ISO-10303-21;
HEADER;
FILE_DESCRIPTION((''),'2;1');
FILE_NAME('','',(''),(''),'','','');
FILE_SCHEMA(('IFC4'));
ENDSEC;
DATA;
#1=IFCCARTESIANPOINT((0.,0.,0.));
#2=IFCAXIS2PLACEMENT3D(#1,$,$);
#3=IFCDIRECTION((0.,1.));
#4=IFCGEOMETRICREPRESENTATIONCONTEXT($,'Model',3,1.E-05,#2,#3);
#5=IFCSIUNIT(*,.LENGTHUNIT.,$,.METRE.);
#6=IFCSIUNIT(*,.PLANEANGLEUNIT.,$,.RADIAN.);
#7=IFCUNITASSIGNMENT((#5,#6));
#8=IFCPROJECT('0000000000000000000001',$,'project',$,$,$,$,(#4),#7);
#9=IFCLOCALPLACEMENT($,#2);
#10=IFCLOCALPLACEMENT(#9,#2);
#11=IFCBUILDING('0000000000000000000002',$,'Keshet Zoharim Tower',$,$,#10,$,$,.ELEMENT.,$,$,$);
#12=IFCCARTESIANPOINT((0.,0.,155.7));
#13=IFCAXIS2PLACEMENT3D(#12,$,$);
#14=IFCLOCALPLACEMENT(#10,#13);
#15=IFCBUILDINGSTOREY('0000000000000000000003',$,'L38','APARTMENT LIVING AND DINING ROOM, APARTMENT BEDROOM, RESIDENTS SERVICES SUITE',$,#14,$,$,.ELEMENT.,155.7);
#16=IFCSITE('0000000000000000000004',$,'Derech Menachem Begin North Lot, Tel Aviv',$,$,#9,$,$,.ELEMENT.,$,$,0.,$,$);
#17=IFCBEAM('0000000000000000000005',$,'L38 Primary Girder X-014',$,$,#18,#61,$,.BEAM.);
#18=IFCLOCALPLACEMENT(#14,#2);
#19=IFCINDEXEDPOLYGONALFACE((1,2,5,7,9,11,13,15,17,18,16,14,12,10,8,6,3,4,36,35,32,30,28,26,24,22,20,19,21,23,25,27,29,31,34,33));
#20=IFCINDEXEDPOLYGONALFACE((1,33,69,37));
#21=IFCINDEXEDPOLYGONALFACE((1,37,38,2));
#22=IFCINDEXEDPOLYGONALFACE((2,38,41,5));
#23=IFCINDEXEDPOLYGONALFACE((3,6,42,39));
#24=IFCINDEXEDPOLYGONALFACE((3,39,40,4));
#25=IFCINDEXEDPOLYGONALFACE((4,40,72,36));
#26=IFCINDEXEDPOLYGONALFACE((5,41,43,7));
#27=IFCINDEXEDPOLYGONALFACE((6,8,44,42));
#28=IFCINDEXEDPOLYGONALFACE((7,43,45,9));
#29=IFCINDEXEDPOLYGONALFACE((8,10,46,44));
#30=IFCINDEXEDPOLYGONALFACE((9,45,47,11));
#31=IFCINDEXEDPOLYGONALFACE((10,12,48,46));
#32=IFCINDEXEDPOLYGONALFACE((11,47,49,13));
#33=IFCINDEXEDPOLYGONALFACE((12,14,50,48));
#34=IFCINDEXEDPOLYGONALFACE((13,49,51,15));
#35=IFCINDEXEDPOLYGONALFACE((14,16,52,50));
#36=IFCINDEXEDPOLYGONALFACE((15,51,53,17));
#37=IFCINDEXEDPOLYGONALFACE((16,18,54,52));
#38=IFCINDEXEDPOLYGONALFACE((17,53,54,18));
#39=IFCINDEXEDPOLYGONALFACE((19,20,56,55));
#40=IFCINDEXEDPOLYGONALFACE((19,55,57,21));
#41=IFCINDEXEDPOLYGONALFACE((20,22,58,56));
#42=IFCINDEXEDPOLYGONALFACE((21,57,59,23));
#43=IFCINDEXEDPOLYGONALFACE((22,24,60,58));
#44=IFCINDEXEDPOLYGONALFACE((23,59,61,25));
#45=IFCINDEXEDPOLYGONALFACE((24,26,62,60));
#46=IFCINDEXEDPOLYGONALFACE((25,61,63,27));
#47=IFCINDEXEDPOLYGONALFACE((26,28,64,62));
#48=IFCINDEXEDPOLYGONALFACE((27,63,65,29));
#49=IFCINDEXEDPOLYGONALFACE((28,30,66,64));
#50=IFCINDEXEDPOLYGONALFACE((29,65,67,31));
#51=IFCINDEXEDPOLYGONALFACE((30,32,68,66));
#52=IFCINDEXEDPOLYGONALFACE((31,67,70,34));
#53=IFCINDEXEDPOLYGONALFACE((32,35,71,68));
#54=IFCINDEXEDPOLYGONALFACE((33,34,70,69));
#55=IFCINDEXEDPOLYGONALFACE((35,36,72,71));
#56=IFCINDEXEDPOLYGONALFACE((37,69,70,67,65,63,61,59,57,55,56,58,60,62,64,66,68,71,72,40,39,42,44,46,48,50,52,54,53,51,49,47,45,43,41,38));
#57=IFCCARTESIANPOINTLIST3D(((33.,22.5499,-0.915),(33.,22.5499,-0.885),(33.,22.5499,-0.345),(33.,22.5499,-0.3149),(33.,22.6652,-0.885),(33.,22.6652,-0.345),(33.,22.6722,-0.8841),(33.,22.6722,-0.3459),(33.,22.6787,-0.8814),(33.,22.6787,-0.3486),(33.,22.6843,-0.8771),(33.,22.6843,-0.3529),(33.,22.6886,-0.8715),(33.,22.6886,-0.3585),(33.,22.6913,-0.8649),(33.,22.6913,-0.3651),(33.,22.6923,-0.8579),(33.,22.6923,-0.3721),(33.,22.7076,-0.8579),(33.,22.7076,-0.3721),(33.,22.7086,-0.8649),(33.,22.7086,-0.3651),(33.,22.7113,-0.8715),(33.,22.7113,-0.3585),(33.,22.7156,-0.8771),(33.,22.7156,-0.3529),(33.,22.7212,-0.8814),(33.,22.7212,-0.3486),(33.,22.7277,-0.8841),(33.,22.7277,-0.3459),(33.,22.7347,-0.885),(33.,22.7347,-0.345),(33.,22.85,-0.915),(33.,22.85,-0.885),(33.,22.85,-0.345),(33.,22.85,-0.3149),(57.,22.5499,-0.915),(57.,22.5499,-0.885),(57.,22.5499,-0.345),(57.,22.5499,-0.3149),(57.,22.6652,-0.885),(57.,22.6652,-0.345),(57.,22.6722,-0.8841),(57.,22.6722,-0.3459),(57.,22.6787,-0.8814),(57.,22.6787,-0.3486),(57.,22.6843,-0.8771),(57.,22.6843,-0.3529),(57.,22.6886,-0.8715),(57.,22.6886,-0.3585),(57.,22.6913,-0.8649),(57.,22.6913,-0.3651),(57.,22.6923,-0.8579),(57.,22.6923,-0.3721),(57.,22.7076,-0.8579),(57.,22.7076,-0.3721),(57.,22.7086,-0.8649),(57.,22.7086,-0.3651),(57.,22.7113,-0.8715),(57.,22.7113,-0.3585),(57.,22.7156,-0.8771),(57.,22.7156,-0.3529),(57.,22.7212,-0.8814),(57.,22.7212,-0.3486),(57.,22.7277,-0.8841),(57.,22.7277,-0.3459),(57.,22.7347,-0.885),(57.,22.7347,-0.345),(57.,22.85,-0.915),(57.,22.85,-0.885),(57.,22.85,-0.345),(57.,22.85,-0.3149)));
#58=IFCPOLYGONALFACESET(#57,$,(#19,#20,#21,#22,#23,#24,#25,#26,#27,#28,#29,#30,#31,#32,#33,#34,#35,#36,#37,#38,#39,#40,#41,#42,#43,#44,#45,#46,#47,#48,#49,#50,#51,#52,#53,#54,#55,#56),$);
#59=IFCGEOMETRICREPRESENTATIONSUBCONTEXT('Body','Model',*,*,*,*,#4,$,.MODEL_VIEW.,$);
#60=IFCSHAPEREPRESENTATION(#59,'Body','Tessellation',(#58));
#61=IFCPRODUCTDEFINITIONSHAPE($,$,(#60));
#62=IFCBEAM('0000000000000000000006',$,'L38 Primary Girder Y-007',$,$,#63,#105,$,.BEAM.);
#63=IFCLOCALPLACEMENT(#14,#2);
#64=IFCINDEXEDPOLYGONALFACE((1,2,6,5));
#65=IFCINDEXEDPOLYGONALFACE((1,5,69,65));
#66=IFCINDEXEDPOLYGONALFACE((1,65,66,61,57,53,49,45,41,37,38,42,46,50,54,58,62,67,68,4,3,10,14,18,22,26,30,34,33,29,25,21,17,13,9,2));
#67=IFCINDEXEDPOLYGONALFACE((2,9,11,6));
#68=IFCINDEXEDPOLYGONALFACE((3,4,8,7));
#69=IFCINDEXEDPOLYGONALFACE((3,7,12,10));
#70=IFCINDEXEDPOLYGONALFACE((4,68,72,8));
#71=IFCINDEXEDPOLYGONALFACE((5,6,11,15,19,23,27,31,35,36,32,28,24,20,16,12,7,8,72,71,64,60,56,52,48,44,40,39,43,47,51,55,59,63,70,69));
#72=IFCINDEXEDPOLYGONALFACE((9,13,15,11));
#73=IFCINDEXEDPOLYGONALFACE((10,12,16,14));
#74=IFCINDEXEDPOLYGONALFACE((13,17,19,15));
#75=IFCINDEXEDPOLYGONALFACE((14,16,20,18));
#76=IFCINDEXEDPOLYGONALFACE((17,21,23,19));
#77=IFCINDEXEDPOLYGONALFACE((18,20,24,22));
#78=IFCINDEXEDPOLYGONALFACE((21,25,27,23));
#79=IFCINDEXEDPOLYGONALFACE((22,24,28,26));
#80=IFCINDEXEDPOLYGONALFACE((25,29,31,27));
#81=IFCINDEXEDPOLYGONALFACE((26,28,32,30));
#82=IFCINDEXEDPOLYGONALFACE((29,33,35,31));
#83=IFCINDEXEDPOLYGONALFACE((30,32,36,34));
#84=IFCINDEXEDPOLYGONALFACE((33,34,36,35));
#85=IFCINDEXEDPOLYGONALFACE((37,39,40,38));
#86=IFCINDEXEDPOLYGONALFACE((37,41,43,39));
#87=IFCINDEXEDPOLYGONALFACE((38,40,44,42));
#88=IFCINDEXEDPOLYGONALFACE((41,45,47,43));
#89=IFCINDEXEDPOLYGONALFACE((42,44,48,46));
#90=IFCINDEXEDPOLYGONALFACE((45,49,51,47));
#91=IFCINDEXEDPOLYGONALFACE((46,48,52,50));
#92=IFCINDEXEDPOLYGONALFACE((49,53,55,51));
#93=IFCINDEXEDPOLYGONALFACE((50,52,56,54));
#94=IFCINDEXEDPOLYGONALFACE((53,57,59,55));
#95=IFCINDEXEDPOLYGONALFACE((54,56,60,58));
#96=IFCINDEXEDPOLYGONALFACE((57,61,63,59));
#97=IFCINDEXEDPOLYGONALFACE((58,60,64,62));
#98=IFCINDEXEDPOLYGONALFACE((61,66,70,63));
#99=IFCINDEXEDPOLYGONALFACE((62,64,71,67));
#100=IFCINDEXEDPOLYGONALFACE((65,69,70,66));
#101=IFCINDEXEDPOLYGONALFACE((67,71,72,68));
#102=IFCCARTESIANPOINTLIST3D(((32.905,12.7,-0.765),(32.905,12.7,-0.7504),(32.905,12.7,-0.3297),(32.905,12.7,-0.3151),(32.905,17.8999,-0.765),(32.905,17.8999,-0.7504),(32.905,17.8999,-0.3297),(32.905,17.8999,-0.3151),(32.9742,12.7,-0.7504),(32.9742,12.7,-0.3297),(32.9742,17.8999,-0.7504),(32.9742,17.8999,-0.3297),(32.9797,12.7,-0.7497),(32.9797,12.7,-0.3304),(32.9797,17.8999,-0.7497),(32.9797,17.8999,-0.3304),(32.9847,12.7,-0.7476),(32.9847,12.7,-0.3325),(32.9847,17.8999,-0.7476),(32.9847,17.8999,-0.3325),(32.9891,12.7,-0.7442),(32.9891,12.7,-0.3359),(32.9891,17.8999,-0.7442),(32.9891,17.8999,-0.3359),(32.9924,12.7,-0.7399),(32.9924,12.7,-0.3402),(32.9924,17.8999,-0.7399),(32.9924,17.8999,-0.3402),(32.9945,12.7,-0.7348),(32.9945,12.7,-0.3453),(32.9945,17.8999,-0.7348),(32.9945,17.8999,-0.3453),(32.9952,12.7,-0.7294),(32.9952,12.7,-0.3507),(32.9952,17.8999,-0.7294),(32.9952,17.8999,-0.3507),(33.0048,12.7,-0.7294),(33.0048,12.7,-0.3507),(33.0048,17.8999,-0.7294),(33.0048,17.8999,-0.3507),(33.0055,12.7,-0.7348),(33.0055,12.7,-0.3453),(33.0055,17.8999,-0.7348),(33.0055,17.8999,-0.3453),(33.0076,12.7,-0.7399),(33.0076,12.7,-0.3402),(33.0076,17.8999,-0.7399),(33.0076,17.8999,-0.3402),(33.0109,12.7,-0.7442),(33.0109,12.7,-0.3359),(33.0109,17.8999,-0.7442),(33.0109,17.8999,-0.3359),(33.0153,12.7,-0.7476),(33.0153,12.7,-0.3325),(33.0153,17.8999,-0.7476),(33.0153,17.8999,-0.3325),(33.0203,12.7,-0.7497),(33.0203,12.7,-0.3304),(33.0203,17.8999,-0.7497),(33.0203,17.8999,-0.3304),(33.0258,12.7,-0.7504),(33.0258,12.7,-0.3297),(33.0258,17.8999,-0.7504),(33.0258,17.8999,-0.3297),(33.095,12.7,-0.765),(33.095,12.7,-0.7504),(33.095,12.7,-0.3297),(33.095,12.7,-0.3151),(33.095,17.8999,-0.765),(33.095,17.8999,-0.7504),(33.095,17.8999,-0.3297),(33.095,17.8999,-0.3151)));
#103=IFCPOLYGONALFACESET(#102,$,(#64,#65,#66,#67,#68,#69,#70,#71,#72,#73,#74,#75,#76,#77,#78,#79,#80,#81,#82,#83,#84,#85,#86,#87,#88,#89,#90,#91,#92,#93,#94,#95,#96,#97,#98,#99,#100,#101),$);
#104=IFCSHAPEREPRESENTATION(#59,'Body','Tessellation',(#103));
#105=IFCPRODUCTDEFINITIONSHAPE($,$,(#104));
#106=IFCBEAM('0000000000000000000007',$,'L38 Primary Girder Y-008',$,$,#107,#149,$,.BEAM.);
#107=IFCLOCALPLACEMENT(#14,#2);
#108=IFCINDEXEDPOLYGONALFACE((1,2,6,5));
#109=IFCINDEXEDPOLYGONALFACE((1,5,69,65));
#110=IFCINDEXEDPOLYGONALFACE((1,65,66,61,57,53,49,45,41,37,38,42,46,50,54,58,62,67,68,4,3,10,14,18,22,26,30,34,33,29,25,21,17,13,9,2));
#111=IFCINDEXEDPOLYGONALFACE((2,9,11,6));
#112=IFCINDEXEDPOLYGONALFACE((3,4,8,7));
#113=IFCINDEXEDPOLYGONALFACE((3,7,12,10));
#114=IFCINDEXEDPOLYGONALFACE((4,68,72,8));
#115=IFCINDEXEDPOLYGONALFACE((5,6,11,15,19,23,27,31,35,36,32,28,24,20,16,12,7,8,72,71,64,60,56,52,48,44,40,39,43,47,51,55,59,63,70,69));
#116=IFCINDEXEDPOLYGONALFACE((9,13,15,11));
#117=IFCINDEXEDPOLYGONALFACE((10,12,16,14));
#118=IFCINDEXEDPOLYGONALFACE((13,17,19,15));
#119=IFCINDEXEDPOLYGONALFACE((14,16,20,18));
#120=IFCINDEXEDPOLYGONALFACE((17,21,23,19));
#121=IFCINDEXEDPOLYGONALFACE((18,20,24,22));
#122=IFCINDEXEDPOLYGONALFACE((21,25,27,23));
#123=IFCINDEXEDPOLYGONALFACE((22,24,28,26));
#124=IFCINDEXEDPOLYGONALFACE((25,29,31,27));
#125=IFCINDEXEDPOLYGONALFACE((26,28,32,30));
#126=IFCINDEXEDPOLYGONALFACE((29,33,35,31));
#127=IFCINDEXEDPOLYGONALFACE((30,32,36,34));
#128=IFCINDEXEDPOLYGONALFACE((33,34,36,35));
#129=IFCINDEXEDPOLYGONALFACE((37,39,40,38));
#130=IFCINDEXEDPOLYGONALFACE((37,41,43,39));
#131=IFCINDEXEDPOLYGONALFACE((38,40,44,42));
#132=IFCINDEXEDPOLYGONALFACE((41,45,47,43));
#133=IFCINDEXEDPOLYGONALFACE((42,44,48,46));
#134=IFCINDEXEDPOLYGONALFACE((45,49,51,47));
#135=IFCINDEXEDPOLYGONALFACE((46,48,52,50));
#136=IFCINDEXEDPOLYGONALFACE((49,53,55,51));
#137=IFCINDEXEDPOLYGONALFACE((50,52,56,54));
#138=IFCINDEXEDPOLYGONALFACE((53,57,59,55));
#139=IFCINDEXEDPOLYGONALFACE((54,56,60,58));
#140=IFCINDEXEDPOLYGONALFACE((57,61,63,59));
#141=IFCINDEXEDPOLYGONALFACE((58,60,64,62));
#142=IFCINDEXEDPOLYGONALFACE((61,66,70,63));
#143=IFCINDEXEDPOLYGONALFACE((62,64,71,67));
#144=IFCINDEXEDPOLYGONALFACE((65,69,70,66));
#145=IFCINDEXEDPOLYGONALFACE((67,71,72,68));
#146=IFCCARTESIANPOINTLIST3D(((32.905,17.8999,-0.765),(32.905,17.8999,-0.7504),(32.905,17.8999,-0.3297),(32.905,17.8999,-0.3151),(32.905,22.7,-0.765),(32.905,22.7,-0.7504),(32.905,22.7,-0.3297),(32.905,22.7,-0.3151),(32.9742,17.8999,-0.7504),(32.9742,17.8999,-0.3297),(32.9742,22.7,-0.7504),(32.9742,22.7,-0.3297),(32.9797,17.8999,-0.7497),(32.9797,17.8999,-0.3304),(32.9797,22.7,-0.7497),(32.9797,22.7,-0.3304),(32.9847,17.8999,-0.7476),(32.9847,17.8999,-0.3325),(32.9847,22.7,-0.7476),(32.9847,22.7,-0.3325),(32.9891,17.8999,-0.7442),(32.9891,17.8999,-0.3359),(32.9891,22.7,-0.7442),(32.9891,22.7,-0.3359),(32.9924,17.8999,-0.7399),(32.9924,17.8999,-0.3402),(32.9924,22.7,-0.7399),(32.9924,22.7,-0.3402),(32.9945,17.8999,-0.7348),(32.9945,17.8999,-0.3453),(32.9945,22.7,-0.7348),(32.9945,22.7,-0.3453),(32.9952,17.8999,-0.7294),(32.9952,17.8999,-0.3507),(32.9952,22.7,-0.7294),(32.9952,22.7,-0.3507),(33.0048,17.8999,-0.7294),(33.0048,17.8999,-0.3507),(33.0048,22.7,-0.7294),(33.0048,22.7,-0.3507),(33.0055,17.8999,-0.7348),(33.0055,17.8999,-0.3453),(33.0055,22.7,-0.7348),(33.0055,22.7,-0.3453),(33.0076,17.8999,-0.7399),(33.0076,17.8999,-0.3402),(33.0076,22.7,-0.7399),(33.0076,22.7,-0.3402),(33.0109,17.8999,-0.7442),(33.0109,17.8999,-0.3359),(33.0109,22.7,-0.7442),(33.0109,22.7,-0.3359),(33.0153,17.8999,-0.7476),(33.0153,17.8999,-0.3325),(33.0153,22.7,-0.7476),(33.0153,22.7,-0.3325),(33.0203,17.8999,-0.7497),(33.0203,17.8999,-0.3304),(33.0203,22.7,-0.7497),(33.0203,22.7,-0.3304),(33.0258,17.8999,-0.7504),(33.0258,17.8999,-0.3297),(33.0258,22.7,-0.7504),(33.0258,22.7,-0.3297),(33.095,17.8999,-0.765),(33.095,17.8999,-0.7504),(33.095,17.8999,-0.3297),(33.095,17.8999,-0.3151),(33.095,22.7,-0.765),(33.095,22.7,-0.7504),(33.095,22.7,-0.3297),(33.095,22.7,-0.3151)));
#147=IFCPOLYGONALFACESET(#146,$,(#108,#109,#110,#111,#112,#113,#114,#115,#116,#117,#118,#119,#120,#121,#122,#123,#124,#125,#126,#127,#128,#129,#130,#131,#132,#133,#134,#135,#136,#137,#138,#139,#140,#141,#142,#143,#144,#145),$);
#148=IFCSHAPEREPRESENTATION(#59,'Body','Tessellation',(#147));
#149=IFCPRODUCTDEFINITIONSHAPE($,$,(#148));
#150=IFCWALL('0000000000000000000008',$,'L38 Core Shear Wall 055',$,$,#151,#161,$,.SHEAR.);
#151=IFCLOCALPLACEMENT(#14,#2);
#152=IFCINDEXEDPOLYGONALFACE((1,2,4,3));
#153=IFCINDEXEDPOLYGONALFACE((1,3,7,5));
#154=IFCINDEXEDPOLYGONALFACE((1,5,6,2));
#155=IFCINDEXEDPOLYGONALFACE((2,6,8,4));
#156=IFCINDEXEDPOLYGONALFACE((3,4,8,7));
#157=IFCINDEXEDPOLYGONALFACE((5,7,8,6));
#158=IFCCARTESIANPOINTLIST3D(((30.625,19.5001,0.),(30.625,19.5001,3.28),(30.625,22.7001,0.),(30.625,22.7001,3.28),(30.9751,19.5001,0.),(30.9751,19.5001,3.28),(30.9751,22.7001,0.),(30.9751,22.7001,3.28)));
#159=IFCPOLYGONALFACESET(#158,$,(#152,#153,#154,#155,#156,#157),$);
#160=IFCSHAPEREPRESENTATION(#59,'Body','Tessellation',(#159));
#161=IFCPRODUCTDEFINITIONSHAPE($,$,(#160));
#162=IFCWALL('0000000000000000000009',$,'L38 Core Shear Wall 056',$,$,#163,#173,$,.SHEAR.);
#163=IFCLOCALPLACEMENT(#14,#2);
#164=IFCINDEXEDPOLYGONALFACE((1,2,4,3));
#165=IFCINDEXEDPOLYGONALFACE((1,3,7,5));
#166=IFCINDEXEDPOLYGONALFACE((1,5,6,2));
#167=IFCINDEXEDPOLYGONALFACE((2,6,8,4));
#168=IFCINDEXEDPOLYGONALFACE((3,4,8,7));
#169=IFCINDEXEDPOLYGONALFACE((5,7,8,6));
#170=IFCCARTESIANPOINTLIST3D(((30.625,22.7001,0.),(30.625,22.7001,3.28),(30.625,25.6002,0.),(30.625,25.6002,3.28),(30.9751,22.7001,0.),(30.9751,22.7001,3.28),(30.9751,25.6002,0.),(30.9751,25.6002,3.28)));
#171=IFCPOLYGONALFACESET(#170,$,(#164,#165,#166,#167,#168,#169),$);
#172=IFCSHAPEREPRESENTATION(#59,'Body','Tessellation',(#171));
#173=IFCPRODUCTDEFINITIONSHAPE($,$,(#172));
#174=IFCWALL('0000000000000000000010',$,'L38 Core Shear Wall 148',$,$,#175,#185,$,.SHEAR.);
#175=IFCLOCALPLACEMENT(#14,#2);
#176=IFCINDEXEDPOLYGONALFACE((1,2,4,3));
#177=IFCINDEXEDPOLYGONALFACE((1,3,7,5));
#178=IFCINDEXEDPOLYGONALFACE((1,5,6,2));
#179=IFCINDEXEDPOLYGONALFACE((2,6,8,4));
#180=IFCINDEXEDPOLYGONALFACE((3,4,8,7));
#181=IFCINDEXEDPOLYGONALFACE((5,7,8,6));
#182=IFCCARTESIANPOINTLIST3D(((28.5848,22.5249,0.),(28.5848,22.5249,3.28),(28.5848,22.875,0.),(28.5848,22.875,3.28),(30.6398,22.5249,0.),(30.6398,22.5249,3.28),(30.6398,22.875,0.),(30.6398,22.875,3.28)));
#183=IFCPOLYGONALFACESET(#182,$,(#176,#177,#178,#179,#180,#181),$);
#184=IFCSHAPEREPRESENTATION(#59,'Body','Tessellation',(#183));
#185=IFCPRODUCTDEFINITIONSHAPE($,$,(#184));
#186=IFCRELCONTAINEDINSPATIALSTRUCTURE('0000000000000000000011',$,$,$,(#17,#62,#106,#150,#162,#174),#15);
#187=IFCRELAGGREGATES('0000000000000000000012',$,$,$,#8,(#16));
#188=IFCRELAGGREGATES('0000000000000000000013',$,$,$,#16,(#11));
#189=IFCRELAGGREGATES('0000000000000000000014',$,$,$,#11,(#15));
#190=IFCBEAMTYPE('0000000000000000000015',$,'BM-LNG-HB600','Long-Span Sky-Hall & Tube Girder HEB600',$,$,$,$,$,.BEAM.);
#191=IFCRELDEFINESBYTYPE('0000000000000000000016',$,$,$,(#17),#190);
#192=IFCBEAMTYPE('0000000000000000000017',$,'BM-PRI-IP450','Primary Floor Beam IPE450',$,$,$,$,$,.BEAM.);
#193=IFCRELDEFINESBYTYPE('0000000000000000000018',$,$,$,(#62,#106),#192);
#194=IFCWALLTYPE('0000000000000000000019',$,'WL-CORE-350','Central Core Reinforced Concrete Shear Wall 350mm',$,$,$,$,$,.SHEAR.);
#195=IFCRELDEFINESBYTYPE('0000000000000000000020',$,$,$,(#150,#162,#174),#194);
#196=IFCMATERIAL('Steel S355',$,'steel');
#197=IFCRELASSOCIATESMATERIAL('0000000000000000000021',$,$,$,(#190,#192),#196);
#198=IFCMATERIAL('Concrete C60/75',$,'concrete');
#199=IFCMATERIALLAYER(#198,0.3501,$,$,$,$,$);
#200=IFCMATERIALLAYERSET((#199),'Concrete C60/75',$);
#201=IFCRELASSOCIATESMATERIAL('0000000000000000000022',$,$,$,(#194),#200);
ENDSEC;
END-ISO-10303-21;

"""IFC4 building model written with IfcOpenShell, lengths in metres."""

from ifc_helpers import new_model, si_unit, direction, frame, frame_2d, origin, origin_2d, place, context, subcontext, project, spatial, rectangle, i_section, extrude, material, layer, layer_set, material_profile, profile_set, type_object, element, save


model = new_model("IFC4")

# Units and contexts
model_context = context("Model", 3, precision=1e-05, world=origin(), true_north=direction((0.0, 1.0)))
body_context = subcontext(model_context, "Body", "Model", "MODEL_VIEW")
ifc_project = project(units=[si_unit("LENGTHUNIT", "METRE"), si_unit("PLANEANGLEUNIT", "RADIAN")], contexts=[model_context])

# Site, building, storey
site_placement = place(None, origin())
site = spatial("IfcSite", under=ifc_project, at=site_placement, Name="Derech Menachem Begin North Lot, Tel Aviv", CompositionType="ELEMENT", RefElevation=0.0)
building_placement = place(site_placement, origin())
building = spatial("IfcBuilding", under=site, at=building_placement, Name="Keshet Zoharim Tower", CompositionType="ELEMENT")
storey_placement = place(building_placement, frame((0.0, 0.0, 155.7)))
storey = spatial("IfcBuildingStorey", under=building, at=storey_placement, Name="L38", Description="APARTMENT LIVING AND DINING ROOM, APARTMENT BEDROOM, RESIDENTS SERVICES SUITE", CompositionType="ELEMENT", Elevation=155.7)

# Shared definitions
ifc_material_1 = material(Name="Concrete C60/75", Category="concrete")

# Beams
ifc_material_2 = material(Name="Steel S355", Category="steel")
ifc_material_profile_1 = material_profile(ifc_material_2, i_section(OverallWidth=0.3, OverallDepth=0.6001, WebThickness=0.0154, FlangeThickness=0.03, FilletRadius=0.0271, at=origin_2d()), Name="HEB600")
ifc_profile_set_1 = profile_set([ifc_material_profile_1], Name="Steel S355")
beam_type_1 = type_object("IfcBeamType", Name="BM-LNG-HB600", Description="Long-Span Sky-Hall & Tube Girder HEB600", PredefinedType="BEAM", material=ifc_profile_set_1)
for number, where, z_axis, x_axis, name in (
    (1, (33.0, 22.7, -0.615), (1.0, 0.0, 0.0), (0.0, 1.0, 0.0), "L38 Primary Girder X-014"),
):
    element("IfcBeam", number, at=place(storey_placement, frame(where, z_axis=z_axis, x_axis=x_axis)), inside=storey, type_object=beam_type_1, Name=name, PredefinedType="BEAM", context=body_context, shape_type="SweptSolid", body=[
        extrude(i_section(OverallWidth=0.3, OverallDepth=0.6001, WebThickness=0.0154, FlangeThickness=0.03, FilletRadius=0.0271, at=origin_2d()), origin(), (0.0, 0.0, 1.0), 24.0),
    ])
ifc_material_profile_2 = material_profile(ifc_material_2, i_section(OverallWidth=0.1899, OverallDepth=0.45, WebThickness=0.0095, FlangeThickness=0.0146, FilletRadius=0.021, at=origin_2d()), Name="IPE450")
ifc_profile_set_2 = profile_set([ifc_material_profile_2], Name="Steel S355")
beam_type_2 = type_object("IfcBeamType", Name="BM-PRI-IP450", Description="Primary Floor Beam IPE450", PredefinedType="BEAM", material=ifc_profile_set_2)
beam_1_placement = place(storey_placement, frame((33.0, 12.7, -0.54), z_axis=(0.0, 1.0, 0.0), x_axis=(-1.0, 0.0, 0.0)))
element("IfcBeam", 2, at=beam_1_placement, inside=storey, type_object=beam_type_2, Name="L38 Primary Girder Y-007", PredefinedType="BEAM", context=body_context, shape_type="SweptSolid", body=[
    extrude(i_section(OverallWidth=0.1899, OverallDepth=0.45, WebThickness=0.0095, FlangeThickness=0.0146, FilletRadius=0.021, at=origin_2d()), origin(), (0.0, 0.0, 1.0), 5.2),
])
beam_2_placement = place(storey_placement, frame((33.0, 17.8999, -0.54), z_axis=(0.0, 1.0, 0.0), x_axis=(-1.0, 0.0, 0.0)))
element("IfcBeam", 3, at=beam_2_placement, inside=storey, type_object=beam_type_2, Name="L38 Primary Girder Y-008", PredefinedType="BEAM", context=body_context, shape_type="SweptSolid", body=[
    extrude(i_section(OverallWidth=0.1899, OverallDepth=0.45, WebThickness=0.0095, FlangeThickness=0.0146, FilletRadius=0.021, at=origin_2d()), origin(), (0.0, 0.0, 1.0), 4.8),
])

# Walls
ifc_layer_1 = layer(ifc_material_1, 0.3501)
ifc_layer_set_1 = layer_set([ifc_layer_1], Name="Concrete C60/75")
wall_type_1 = type_object("IfcWallType", Name="WL-CORE-350", Description="Central Core Reinforced Concrete Shear Wall 350mm", PredefinedType="SHEAR", material=ifc_layer_set_1)
wall_1_placement = place(storey_placement, frame((30.8, 19.5, 0.0), z_axis=(0.0, 0.0, 1.0), x_axis=(0.0, 1.0, 0.0)))
element("IfcWall", 4, at=wall_1_placement, inside=storey, type_object=wall_type_1, Name="L38 Core Shear Wall 055", PredefinedType="SHEAR", context=body_context, shape_type="SweptSolid", body=[
    extrude(rectangle(XDim=3.2, YDim=0.3501, at=frame_2d((1.6001, 0.0))), origin(), (0.0, 0.0, 1.0), 3.28),
])
wall_2_placement = place(storey_placement, frame((30.8, 22.7, 0.0), z_axis=(0.0, 0.0, 1.0), x_axis=(0.0, 1.0, 0.0)))
element("IfcWall", 5, at=wall_2_placement, inside=storey, type_object=wall_type_1, Name="L38 Core Shear Wall 056", PredefinedType="SHEAR", context=body_context, shape_type="SweptSolid", body=[
    extrude(rectangle(XDim=2.9001, YDim=0.3501, at=frame_2d((1.4502, 0.0))), origin(), (0.0, 0.0, 1.0), 3.28),
])
wall_3_placement = place(storey_placement, frame((28.585, 22.7, 0.0), z_axis=(0.0, 0.0, 1.0), x_axis=(1.0, 0.0, 0.0)))
element("IfcWall", 6, at=wall_3_placement, inside=storey, type_object=wall_type_1, Name="L38 Core Shear Wall 148", PredefinedType="SHEAR", context=body_context, shape_type="SweptSolid", body=[
    extrude(rectangle(XDim=2.0549, YDim=0.3501, at=frame_2d((1.0273, 0.0))), origin(), (0.0, 0.0, 1.0), 3.28),
])

save(model, "model.ifc")
